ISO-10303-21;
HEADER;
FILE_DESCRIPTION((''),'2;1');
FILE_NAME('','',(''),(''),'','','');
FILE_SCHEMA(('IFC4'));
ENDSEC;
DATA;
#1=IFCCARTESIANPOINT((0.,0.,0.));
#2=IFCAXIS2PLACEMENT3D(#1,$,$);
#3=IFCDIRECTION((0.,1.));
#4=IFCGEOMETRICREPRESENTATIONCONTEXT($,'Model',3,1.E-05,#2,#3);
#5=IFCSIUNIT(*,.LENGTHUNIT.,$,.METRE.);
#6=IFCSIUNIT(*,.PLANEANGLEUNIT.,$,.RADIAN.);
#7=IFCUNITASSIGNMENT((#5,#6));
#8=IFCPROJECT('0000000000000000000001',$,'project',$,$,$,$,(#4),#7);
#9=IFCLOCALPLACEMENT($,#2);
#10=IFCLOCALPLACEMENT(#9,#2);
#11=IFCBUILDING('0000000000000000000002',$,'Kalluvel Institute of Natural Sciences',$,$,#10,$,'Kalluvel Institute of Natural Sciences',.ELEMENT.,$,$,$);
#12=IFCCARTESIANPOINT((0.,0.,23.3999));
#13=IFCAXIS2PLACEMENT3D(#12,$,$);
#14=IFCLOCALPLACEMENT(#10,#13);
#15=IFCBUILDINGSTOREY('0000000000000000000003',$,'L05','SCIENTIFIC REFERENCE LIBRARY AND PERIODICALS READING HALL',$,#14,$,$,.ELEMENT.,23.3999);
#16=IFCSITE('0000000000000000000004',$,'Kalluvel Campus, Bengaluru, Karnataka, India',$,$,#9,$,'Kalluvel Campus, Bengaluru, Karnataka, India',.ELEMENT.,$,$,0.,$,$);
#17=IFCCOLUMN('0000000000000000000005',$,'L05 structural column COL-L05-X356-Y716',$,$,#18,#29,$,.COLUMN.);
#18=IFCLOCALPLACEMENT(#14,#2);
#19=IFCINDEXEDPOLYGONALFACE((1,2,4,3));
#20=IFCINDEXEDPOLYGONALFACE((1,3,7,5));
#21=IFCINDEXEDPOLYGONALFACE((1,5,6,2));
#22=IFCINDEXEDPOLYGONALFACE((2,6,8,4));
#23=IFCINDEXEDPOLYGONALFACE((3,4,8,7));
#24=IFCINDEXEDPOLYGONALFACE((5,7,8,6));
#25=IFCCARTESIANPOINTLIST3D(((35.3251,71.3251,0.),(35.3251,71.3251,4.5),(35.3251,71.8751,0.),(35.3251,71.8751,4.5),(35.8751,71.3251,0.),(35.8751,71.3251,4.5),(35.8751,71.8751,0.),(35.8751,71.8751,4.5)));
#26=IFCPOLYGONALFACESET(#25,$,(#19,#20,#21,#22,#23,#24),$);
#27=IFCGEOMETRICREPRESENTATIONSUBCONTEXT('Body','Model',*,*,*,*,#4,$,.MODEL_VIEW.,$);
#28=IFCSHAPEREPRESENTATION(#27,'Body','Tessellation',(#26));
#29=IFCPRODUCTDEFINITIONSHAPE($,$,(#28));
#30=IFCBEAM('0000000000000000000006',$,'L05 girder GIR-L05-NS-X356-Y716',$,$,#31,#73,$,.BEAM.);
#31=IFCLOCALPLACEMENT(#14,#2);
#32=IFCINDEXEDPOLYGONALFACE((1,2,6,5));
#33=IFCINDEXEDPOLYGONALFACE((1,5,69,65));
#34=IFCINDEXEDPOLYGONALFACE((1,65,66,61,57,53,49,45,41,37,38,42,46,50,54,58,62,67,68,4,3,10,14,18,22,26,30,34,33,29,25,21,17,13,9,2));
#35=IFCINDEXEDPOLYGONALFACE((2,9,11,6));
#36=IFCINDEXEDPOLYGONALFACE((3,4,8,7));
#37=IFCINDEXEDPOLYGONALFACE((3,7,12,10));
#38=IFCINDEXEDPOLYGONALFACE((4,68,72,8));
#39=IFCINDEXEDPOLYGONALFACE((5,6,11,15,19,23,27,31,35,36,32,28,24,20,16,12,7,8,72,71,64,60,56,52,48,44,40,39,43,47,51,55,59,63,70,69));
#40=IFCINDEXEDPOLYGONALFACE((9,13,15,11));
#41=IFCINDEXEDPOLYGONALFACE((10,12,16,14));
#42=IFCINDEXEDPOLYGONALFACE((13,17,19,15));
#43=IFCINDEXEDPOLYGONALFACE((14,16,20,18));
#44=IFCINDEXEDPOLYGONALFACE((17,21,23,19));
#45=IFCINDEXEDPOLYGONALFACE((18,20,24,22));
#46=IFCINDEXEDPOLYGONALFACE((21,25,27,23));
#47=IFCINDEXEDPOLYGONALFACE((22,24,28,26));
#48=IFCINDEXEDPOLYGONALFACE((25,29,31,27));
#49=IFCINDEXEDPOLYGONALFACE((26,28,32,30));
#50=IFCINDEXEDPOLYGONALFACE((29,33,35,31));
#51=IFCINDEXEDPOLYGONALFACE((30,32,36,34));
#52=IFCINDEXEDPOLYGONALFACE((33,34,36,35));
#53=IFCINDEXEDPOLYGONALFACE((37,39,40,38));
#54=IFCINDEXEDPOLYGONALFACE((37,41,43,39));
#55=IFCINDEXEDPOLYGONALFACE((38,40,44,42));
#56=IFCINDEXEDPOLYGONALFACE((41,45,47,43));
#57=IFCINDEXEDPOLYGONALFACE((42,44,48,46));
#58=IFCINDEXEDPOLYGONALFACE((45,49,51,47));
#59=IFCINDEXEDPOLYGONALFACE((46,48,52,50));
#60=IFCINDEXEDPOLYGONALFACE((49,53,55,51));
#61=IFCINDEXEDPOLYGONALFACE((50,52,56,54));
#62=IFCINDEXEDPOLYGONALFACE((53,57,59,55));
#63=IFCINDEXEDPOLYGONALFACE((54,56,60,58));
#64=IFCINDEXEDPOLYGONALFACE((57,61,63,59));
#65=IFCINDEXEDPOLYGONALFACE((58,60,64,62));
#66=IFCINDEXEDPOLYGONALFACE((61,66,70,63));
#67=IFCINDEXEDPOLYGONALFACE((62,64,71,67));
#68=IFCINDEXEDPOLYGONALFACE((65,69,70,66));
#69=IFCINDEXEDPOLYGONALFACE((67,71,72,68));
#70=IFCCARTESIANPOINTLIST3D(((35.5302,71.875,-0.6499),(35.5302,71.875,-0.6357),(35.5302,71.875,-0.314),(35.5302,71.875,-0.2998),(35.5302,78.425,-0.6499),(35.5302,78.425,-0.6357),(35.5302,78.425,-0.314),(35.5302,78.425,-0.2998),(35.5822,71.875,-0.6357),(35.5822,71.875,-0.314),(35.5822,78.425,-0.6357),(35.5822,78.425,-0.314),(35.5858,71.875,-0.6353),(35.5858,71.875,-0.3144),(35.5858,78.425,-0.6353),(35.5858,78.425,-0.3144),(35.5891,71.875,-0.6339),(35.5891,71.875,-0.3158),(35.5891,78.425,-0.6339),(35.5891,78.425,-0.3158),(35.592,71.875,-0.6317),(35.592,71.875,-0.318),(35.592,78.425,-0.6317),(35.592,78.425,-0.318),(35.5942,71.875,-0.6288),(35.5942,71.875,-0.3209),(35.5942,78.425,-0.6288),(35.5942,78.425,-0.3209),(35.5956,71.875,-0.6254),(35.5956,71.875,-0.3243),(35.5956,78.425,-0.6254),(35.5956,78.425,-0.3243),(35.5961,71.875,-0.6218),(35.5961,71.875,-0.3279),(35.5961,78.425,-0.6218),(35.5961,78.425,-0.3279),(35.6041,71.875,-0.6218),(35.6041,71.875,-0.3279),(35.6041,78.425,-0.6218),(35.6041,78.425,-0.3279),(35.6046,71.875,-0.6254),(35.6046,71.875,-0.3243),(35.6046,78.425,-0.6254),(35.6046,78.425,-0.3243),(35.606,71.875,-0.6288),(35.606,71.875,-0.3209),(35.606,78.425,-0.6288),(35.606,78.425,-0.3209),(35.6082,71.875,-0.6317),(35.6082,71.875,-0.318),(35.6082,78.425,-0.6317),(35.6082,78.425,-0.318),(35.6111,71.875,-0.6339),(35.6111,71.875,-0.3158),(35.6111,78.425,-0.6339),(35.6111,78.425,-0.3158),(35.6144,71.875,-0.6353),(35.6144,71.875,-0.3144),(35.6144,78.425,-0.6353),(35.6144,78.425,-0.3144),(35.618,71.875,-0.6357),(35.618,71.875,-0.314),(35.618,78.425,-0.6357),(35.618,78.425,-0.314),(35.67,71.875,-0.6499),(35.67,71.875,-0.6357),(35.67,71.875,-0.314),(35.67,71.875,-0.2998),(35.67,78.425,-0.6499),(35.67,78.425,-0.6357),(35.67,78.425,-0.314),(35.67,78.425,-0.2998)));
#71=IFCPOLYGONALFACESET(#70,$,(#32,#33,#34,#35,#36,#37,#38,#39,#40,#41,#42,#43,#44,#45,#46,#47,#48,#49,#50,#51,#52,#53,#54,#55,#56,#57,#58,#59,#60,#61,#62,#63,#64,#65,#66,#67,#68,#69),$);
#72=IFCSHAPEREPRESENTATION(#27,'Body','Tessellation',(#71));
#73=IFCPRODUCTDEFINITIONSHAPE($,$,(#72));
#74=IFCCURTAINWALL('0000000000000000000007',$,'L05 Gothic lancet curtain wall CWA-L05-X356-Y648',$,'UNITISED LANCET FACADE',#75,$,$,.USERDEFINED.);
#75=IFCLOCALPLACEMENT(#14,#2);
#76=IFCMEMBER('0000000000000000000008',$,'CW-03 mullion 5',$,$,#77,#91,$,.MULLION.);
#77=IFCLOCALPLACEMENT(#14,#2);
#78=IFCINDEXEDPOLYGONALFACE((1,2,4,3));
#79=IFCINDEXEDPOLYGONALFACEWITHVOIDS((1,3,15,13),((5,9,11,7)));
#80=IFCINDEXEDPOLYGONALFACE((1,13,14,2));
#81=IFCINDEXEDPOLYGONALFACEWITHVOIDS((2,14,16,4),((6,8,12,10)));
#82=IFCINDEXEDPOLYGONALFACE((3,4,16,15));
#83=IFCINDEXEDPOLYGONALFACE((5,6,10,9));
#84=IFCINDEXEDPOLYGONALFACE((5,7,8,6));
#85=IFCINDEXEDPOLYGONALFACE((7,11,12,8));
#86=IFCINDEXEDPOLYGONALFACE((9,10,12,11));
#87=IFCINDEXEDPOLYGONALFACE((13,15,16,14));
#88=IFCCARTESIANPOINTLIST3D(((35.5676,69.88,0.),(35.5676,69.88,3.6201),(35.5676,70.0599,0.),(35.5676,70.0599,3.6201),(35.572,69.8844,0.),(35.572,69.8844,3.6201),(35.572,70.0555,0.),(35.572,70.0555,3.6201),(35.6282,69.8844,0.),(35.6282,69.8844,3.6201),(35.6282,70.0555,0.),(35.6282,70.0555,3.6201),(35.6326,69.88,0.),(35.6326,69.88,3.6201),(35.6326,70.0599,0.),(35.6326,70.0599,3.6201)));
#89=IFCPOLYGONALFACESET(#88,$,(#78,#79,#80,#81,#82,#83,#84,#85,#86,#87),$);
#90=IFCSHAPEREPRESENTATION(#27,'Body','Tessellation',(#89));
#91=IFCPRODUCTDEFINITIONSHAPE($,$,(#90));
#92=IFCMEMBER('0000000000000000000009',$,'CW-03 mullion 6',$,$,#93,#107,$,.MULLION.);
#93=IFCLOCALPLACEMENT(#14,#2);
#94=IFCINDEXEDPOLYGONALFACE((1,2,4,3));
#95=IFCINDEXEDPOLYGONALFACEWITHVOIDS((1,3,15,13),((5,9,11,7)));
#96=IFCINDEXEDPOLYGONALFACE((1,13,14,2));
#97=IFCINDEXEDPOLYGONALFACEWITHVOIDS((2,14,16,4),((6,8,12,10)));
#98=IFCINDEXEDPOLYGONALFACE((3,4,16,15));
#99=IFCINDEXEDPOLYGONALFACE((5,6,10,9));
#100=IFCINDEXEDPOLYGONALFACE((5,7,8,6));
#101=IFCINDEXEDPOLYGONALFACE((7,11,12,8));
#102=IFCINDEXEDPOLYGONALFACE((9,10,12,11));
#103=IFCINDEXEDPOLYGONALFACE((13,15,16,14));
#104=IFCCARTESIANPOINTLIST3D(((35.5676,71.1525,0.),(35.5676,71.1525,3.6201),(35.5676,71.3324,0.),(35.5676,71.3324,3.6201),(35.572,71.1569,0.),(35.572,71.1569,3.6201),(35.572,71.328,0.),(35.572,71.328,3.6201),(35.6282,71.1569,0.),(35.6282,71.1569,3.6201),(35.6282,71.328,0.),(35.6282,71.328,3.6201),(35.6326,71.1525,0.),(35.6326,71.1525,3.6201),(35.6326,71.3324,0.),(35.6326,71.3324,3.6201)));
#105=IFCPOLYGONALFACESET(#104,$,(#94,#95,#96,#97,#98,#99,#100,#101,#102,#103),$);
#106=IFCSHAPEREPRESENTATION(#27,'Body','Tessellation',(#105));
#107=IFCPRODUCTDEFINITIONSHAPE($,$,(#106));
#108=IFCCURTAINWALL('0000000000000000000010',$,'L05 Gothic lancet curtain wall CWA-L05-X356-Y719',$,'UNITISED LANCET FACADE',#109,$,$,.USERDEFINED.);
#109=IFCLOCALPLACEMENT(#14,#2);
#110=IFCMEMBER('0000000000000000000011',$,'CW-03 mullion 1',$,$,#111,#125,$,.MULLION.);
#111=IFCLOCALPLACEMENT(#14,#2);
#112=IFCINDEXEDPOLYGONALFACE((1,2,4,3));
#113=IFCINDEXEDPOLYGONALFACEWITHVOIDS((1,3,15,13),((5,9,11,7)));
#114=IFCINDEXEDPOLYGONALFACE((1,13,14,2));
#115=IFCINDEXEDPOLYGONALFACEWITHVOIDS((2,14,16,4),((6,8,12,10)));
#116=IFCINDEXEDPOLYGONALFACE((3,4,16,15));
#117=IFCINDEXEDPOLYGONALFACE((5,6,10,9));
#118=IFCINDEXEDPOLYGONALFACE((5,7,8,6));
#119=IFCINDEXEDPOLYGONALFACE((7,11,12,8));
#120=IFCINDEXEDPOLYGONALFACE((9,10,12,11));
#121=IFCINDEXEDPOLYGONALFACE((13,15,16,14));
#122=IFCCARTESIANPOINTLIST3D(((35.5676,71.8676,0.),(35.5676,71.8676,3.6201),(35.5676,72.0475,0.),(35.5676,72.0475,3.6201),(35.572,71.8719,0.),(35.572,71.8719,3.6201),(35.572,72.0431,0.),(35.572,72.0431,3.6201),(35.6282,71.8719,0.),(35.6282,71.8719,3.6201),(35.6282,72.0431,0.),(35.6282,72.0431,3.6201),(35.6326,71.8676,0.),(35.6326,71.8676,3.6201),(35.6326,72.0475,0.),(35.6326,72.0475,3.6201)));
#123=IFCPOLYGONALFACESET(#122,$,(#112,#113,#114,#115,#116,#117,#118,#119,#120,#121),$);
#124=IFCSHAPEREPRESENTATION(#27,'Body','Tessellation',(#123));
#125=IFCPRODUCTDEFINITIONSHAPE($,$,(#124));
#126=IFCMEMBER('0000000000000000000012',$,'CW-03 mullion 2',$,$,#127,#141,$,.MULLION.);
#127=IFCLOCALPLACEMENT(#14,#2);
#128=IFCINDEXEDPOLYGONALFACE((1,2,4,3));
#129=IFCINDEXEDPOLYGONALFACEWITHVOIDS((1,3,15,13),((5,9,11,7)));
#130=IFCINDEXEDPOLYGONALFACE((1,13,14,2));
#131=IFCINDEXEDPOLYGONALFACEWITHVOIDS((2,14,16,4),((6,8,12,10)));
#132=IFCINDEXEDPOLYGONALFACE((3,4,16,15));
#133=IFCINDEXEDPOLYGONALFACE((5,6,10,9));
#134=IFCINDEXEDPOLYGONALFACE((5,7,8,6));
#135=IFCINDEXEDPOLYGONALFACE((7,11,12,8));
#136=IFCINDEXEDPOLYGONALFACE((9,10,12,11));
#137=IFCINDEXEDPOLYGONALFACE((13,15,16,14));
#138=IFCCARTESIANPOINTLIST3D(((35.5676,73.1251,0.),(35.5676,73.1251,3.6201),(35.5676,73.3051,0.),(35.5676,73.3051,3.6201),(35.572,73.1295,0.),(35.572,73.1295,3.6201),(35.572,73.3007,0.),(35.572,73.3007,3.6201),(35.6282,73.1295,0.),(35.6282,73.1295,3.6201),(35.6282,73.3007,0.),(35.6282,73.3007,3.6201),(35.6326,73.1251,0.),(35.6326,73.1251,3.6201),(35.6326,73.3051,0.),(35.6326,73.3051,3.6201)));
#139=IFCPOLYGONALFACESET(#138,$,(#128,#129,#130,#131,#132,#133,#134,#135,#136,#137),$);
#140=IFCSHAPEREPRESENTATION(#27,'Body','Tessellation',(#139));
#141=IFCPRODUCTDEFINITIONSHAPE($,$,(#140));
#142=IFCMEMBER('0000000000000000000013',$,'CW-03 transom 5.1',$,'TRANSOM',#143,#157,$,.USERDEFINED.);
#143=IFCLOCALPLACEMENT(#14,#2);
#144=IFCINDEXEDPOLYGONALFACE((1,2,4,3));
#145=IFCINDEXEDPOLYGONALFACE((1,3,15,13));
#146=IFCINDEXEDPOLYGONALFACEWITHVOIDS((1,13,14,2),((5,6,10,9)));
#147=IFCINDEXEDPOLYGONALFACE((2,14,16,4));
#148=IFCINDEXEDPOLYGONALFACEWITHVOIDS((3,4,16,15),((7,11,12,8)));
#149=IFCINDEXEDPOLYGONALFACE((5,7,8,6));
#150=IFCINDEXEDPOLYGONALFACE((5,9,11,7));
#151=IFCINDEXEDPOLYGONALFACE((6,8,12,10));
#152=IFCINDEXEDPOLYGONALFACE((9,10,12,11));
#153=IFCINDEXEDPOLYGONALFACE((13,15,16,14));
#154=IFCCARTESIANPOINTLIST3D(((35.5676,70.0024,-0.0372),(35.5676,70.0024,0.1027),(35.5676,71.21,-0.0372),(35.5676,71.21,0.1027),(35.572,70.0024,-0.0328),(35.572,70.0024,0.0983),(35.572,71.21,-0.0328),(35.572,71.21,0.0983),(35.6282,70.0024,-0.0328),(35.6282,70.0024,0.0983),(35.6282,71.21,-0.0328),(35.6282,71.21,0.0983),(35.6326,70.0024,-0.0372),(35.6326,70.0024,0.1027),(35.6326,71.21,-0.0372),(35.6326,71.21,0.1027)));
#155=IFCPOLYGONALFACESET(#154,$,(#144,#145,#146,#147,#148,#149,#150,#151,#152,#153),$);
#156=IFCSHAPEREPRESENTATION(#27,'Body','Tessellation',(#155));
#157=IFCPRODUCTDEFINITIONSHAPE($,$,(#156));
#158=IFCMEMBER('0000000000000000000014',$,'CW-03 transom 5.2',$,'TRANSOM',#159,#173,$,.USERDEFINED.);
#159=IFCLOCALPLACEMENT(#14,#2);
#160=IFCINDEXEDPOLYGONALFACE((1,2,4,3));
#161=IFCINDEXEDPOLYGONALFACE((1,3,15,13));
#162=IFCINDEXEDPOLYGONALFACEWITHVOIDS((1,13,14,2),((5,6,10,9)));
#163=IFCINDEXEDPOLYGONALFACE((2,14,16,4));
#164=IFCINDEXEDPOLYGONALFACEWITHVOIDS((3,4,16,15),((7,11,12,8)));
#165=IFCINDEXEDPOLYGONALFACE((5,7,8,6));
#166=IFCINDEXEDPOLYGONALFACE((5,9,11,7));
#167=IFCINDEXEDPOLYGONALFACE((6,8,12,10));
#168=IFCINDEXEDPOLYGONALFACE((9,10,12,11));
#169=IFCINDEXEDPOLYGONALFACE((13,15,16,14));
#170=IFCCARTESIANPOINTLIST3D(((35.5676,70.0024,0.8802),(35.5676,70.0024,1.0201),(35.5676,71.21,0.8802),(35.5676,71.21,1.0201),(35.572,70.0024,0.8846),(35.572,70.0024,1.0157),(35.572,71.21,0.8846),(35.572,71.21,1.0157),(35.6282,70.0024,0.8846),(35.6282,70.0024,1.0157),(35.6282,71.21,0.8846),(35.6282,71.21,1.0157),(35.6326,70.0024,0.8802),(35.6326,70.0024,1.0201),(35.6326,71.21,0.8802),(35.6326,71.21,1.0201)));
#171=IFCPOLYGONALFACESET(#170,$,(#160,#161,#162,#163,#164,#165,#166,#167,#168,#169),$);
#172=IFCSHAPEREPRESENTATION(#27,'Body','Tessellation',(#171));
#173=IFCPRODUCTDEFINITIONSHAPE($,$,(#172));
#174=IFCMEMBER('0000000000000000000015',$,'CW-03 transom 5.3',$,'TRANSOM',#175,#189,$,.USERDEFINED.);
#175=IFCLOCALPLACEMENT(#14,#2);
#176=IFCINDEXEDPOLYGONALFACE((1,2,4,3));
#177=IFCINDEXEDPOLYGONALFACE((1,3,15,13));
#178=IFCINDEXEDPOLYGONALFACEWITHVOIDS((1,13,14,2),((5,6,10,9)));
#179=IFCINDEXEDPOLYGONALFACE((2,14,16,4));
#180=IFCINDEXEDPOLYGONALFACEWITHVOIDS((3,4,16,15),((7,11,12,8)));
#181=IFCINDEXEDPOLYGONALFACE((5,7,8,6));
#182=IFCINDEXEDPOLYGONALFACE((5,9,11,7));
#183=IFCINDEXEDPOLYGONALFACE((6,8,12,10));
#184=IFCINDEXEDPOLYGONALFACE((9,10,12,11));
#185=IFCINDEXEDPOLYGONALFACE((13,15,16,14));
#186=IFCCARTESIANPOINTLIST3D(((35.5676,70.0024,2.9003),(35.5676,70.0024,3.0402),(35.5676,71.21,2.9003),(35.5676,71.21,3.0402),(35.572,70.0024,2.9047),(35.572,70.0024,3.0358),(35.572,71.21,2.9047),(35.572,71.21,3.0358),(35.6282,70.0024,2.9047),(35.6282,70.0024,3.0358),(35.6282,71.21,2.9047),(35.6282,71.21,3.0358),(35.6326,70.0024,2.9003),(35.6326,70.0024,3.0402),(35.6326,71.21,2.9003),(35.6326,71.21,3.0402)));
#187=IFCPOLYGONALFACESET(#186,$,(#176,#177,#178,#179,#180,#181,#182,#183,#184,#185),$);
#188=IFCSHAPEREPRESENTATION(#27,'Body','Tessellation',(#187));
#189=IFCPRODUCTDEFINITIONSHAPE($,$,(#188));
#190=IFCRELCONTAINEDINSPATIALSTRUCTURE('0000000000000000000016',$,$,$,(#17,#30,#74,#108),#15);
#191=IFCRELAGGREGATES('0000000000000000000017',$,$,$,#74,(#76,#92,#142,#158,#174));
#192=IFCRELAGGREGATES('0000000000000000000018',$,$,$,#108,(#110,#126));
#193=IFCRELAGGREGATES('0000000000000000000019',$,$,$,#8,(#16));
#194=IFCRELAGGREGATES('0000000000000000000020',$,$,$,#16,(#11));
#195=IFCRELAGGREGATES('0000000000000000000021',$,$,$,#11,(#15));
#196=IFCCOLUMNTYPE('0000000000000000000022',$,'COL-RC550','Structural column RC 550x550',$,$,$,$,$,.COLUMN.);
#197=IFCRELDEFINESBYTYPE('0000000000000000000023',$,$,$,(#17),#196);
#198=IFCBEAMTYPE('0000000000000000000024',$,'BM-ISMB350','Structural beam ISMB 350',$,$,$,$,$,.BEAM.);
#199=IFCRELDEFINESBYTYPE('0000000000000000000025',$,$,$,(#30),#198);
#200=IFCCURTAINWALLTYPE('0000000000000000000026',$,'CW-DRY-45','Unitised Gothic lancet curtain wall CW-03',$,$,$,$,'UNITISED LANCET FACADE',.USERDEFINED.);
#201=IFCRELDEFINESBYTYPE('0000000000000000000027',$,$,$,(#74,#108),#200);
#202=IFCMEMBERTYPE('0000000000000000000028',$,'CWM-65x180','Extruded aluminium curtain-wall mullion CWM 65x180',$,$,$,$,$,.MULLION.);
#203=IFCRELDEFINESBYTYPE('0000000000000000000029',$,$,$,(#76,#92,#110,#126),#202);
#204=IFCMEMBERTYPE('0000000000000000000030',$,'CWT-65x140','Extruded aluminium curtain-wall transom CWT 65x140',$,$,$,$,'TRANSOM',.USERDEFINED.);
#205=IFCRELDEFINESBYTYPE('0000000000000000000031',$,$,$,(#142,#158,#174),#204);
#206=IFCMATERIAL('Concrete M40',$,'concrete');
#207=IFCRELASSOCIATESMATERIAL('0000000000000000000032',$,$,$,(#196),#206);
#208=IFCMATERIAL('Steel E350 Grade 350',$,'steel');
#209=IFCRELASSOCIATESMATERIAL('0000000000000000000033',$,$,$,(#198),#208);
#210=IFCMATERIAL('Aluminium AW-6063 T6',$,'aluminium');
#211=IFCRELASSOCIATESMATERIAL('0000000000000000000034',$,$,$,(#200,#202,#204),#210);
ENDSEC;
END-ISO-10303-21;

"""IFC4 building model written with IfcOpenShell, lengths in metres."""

from ifc_helpers import new_model, si_unit, direction, frame, origin, origin_2d, place, context, subcontext, project, spatial, rectangle, hollow_rectangle, i_section, extrude, material, material_profile, profile_set, type_object, element, aggregate, save


model = new_model("IFC4")

# Units and contexts
model_context = context("Model", 3, precision=1e-05, world=origin(), true_north=direction((0.0, 1.0)))
body_context = subcontext(model_context, "Body", "Model", "MODEL_VIEW")
ifc_project = project(units=[si_unit("LENGTHUNIT", "METRE"), si_unit("PLANEANGLEUNIT", "RADIAN")], contexts=[model_context])

# Site, building, storey
site_placement = place(None, origin())
site = spatial("IfcSite", under=ifc_project, at=site_placement, Name="Kalluvel Campus, Bengaluru, Karnataka, India", LongName="Kalluvel Campus, Bengaluru, Karnataka, India", CompositionType="ELEMENT", RefElevation=0.0)
building_placement = place(site_placement, origin())
building = spatial("IfcBuilding", under=site, at=building_placement, Name="Kalluvel Institute of Natural Sciences", LongName="Kalluvel Institute of Natural Sciences", CompositionType="ELEMENT")
storey_placement = place(building_placement, frame((0.0, 0.0, 23.3999)))
storey = spatial("IfcBuildingStorey", under=building, at=storey_placement, Name="L05", Description="SCIENTIFIC REFERENCE LIBRARY AND PERIODICALS READING HALL", CompositionType="ELEMENT", Elevation=23.3999)

# Column
ifc_material_1 = material(Name="Concrete M40", Category="concrete")
ifc_material_profile_1 = material_profile(ifc_material_1, rectangle(XDim=0.55, YDim=0.55, at=origin_2d()), Name="RC 550x550")
ifc_profile_set_1 = profile_set([ifc_material_profile_1], Name="Concrete M40")
column_type = type_object("IfcColumnType", Name="COL-RC550", Description="Structural column RC 550x550", PredefinedType="COLUMN", material=ifc_profile_set_1)
column_placement = place(storey_placement, frame((35.6001, 71.6001, 0.0), z_axis=(0.0, 0.0, 1.0), x_axis=(1.0, 0.0, 0.0)))
element("IfcColumn", 1, at=column_placement, inside=storey, type_object=column_type, Name="L05 structural column COL-L05-X356-Y716", PredefinedType="COLUMN", context=body_context, shape_type="SweptSolid", body=[
    extrude(rectangle(XDim=0.55, YDim=0.55, at=origin_2d()), origin(), (0.0, 0.0, 1.0), 4.5),
])

# Beam
ifc_material_2 = material(Name="Steel E350 Grade 350", Category="steel")
ifc_material_profile_2 = material_profile(ifc_material_2, i_section(OverallWidth=0.1399, OverallDepth=0.3501, WebThickness=0.0081, FlangeThickness=0.0142, FilletRadius=0.0139, at=origin_2d()), Name="ISMB 350")
ifc_profile_set_2 = profile_set([ifc_material_profile_2], Name="Steel E350 Grade 350")
beam_type = type_object("IfcBeamType", Name="BM-ISMB350", Description="Structural beam ISMB 350", PredefinedType="BEAM", material=ifc_profile_set_2)
beam_placement = place(storey_placement, frame((35.6001, 71.875, -0.4749), z_axis=(0.0, 1.0, 0.0), x_axis=(-1.0, 0.0, 0.0)))
element("IfcBeam", 2, at=beam_placement, inside=storey, type_object=beam_type, Name="L05 girder GIR-L05-NS-X356-Y716", PredefinedType="BEAM", context=body_context, shape_type="SweptSolid", body=[
    extrude(i_section(OverallWidth=0.1399, OverallDepth=0.3501, WebThickness=0.0081, FlangeThickness=0.0142, FilletRadius=0.0139, at=origin_2d()), origin(), (0.0, 0.0, 1.0), 6.55),
])

# Curtain walls, members
ifc_material_3 = material(Name="Aluminium AW-6063 T6", Category="aluminium")
curtain_wall_type = type_object("IfcCurtainWallType", Name="CW-DRY-45", Description="Unitised Gothic lancet curtain wall CW-03", ElementType="UNITISED LANCET FACADE", PredefinedType="USERDEFINED", material=ifc_material_3)
curtain_wall_1_placement = place(storey_placement, origin())
curtain_wall_1 = element("IfcCurtainWall", 3, at=curtain_wall_1_placement, inside=storey, type_object=curtain_wall_type, Name="L05 Gothic lancet curtain wall CWA-L05-X356-Y648", ObjectType="UNITISED LANCET FACADE", PredefinedType="USERDEFINED")
ifc_material_profile_3 = material_profile(ifc_material_3, hollow_rectangle(XDim=0.0649, YDim=0.1799, WallThickness=0.0044, at=origin_2d()), Name="CWM 65x180")
ifc_profile_set_3 = profile_set([ifc_material_profile_3], Name="Aluminium AW-6063 T6")
member_type_1 = type_object("IfcMemberType", Name="CWM-65x180", Description="Extruded aluminium curtain-wall mullion CWM 65x180", PredefinedType="MULLION", material=ifc_profile_set_3)
member_1_placement = place(storey_placement, frame((35.6001, 69.97, 0.0), z_axis=(0.0, 0.0, 1.0), x_axis=(-1.0, 0.0, 0.0)))
member_1 = element("IfcMember", 4, at=member_1_placement, type_object=member_type_1, Name="CW-03 mullion 5", PredefinedType="MULLION", context=body_context, shape_type="SweptSolid", body=[
    extrude(hollow_rectangle(XDim=0.0649, YDim=0.1799, WallThickness=0.0044, at=origin_2d()), origin(), (0.0, 0.0, 1.0), 3.6201),
])
member_2_placement = place(storey_placement, frame((35.6001, 71.2424, 0.0), z_axis=(0.0, 0.0, 1.0), x_axis=(-1.0, 0.0, 0.0)))
member_2 = element("IfcMember", 5, at=member_2_placement, type_object=member_type_1, Name="CW-03 mullion 6", PredefinedType="MULLION", context=body_context, shape_type="SweptSolid", body=[
    extrude(hollow_rectangle(XDim=0.0649, YDim=0.1799, WallThickness=0.0044, at=origin_2d()), origin(), (0.0, 0.0, 1.0), 3.6201),
])
curtain_wall_2_placement = place(storey_placement, origin())
curtain_wall_2 = element("IfcCurtainWall", 6, at=curtain_wall_2_placement, inside=storey, type_object=curtain_wall_type, Name="L05 Gothic lancet curtain wall CWA-L05-X356-Y719", ObjectType="UNITISED LANCET FACADE", PredefinedType="USERDEFINED")
member_3_placement = place(storey_placement, frame((35.6001, 71.9575, 0.0), z_axis=(0.0, 0.0, 1.0), x_axis=(-1.0, 0.0, 0.0)))
member_3 = element("IfcMember", 7, at=member_3_placement, type_object=member_type_1, Name="CW-03 mullion 1", PredefinedType="MULLION", context=body_context, shape_type="SweptSolid", body=[
    extrude(hollow_rectangle(XDim=0.0649, YDim=0.1799, WallThickness=0.0044, at=origin_2d()), origin(), (0.0, 0.0, 1.0), 3.6201),
])
member_4_placement = place(storey_placement, frame((35.6001, 73.2151, 0.0), z_axis=(0.0, 0.0, 1.0), x_axis=(-1.0, 0.0, 0.0)))
member_4 = element("IfcMember", 8, at=member_4_placement, type_object=member_type_1, Name="CW-03 mullion 2", PredefinedType="MULLION", context=body_context, shape_type="SweptSolid", body=[
    extrude(hollow_rectangle(XDim=0.0649, YDim=0.1799, WallThickness=0.0044, at=origin_2d()), origin(), (0.0, 0.0, 1.0), 3.6201),
])

# Members
ifc_material_profile_4 = material_profile(ifc_material_3, hollow_rectangle(XDim=0.0649, YDim=0.1399, WallThickness=0.0044, at=origin_2d()), Name="CWT 65x140")
ifc_profile_set_4 = profile_set([ifc_material_profile_4], Name="Aluminium AW-6063 T6")
member_type_2 = type_object("IfcMemberType", Name="CWT-65x140", Description="Extruded aluminium curtain-wall transom CWT 65x140", ElementType="TRANSOM", PredefinedType="USERDEFINED", material=ifc_profile_set_4)
member_5_placement = place(storey_placement, frame((35.6001, 70.0024, 0.0327), z_axis=(0.0, 1.0, 0.0), x_axis=(-1.0, 0.0, 0.0)))
member_5 = element("IfcMember", 9, at=member_5_placement, type_object=member_type_2, Name="CW-03 transom 5.1", ObjectType="TRANSOM", PredefinedType="USERDEFINED", context=body_context, shape_type="SweptSolid", body=[
    extrude(hollow_rectangle(XDim=0.0649, YDim=0.1399, WallThickness=0.0044, at=origin_2d()), origin(), (0.0, 0.0, 1.0), 1.2075),
])
member_6_placement = place(storey_placement, frame((35.6001, 70.0024, 0.9502), z_axis=(0.0, 1.0, 0.0), x_axis=(-1.0, 0.0, 0.0)))
member_6 = element("IfcMember", 10, at=member_6_placement, type_object=member_type_2, Name="CW-03 transom 5.2", ObjectType="TRANSOM", PredefinedType="USERDEFINED", context=body_context, shape_type="SweptSolid", body=[
    extrude(hollow_rectangle(XDim=0.0649, YDim=0.1399, WallThickness=0.0044, at=origin_2d()), origin(), (0.0, 0.0, 1.0), 1.2075),
])
member_7_placement = place(storey_placement, frame((35.6001, 70.0024, 2.9702), z_axis=(0.0, 1.0, 0.0), x_axis=(-1.0, 0.0, 0.0)))
member_7 = element("IfcMember", 11, at=member_7_placement, type_object=member_type_2, Name="CW-03 transom 5.3", ObjectType="TRANSOM", PredefinedType="USERDEFINED", context=body_context, shape_type="SweptSolid", body=[
    extrude(hollow_rectangle(XDim=0.0649, YDim=0.1399, WallThickness=0.0044, at=origin_2d()), origin(), (0.0, 0.0, 1.0), 1.2075),
])

aggregate(curtain_wall_1, [member_1, member_2, member_5, member_6, member_7])
aggregate(curtain_wall_2, [member_3, member_4])

save(model, "model.ifc")
